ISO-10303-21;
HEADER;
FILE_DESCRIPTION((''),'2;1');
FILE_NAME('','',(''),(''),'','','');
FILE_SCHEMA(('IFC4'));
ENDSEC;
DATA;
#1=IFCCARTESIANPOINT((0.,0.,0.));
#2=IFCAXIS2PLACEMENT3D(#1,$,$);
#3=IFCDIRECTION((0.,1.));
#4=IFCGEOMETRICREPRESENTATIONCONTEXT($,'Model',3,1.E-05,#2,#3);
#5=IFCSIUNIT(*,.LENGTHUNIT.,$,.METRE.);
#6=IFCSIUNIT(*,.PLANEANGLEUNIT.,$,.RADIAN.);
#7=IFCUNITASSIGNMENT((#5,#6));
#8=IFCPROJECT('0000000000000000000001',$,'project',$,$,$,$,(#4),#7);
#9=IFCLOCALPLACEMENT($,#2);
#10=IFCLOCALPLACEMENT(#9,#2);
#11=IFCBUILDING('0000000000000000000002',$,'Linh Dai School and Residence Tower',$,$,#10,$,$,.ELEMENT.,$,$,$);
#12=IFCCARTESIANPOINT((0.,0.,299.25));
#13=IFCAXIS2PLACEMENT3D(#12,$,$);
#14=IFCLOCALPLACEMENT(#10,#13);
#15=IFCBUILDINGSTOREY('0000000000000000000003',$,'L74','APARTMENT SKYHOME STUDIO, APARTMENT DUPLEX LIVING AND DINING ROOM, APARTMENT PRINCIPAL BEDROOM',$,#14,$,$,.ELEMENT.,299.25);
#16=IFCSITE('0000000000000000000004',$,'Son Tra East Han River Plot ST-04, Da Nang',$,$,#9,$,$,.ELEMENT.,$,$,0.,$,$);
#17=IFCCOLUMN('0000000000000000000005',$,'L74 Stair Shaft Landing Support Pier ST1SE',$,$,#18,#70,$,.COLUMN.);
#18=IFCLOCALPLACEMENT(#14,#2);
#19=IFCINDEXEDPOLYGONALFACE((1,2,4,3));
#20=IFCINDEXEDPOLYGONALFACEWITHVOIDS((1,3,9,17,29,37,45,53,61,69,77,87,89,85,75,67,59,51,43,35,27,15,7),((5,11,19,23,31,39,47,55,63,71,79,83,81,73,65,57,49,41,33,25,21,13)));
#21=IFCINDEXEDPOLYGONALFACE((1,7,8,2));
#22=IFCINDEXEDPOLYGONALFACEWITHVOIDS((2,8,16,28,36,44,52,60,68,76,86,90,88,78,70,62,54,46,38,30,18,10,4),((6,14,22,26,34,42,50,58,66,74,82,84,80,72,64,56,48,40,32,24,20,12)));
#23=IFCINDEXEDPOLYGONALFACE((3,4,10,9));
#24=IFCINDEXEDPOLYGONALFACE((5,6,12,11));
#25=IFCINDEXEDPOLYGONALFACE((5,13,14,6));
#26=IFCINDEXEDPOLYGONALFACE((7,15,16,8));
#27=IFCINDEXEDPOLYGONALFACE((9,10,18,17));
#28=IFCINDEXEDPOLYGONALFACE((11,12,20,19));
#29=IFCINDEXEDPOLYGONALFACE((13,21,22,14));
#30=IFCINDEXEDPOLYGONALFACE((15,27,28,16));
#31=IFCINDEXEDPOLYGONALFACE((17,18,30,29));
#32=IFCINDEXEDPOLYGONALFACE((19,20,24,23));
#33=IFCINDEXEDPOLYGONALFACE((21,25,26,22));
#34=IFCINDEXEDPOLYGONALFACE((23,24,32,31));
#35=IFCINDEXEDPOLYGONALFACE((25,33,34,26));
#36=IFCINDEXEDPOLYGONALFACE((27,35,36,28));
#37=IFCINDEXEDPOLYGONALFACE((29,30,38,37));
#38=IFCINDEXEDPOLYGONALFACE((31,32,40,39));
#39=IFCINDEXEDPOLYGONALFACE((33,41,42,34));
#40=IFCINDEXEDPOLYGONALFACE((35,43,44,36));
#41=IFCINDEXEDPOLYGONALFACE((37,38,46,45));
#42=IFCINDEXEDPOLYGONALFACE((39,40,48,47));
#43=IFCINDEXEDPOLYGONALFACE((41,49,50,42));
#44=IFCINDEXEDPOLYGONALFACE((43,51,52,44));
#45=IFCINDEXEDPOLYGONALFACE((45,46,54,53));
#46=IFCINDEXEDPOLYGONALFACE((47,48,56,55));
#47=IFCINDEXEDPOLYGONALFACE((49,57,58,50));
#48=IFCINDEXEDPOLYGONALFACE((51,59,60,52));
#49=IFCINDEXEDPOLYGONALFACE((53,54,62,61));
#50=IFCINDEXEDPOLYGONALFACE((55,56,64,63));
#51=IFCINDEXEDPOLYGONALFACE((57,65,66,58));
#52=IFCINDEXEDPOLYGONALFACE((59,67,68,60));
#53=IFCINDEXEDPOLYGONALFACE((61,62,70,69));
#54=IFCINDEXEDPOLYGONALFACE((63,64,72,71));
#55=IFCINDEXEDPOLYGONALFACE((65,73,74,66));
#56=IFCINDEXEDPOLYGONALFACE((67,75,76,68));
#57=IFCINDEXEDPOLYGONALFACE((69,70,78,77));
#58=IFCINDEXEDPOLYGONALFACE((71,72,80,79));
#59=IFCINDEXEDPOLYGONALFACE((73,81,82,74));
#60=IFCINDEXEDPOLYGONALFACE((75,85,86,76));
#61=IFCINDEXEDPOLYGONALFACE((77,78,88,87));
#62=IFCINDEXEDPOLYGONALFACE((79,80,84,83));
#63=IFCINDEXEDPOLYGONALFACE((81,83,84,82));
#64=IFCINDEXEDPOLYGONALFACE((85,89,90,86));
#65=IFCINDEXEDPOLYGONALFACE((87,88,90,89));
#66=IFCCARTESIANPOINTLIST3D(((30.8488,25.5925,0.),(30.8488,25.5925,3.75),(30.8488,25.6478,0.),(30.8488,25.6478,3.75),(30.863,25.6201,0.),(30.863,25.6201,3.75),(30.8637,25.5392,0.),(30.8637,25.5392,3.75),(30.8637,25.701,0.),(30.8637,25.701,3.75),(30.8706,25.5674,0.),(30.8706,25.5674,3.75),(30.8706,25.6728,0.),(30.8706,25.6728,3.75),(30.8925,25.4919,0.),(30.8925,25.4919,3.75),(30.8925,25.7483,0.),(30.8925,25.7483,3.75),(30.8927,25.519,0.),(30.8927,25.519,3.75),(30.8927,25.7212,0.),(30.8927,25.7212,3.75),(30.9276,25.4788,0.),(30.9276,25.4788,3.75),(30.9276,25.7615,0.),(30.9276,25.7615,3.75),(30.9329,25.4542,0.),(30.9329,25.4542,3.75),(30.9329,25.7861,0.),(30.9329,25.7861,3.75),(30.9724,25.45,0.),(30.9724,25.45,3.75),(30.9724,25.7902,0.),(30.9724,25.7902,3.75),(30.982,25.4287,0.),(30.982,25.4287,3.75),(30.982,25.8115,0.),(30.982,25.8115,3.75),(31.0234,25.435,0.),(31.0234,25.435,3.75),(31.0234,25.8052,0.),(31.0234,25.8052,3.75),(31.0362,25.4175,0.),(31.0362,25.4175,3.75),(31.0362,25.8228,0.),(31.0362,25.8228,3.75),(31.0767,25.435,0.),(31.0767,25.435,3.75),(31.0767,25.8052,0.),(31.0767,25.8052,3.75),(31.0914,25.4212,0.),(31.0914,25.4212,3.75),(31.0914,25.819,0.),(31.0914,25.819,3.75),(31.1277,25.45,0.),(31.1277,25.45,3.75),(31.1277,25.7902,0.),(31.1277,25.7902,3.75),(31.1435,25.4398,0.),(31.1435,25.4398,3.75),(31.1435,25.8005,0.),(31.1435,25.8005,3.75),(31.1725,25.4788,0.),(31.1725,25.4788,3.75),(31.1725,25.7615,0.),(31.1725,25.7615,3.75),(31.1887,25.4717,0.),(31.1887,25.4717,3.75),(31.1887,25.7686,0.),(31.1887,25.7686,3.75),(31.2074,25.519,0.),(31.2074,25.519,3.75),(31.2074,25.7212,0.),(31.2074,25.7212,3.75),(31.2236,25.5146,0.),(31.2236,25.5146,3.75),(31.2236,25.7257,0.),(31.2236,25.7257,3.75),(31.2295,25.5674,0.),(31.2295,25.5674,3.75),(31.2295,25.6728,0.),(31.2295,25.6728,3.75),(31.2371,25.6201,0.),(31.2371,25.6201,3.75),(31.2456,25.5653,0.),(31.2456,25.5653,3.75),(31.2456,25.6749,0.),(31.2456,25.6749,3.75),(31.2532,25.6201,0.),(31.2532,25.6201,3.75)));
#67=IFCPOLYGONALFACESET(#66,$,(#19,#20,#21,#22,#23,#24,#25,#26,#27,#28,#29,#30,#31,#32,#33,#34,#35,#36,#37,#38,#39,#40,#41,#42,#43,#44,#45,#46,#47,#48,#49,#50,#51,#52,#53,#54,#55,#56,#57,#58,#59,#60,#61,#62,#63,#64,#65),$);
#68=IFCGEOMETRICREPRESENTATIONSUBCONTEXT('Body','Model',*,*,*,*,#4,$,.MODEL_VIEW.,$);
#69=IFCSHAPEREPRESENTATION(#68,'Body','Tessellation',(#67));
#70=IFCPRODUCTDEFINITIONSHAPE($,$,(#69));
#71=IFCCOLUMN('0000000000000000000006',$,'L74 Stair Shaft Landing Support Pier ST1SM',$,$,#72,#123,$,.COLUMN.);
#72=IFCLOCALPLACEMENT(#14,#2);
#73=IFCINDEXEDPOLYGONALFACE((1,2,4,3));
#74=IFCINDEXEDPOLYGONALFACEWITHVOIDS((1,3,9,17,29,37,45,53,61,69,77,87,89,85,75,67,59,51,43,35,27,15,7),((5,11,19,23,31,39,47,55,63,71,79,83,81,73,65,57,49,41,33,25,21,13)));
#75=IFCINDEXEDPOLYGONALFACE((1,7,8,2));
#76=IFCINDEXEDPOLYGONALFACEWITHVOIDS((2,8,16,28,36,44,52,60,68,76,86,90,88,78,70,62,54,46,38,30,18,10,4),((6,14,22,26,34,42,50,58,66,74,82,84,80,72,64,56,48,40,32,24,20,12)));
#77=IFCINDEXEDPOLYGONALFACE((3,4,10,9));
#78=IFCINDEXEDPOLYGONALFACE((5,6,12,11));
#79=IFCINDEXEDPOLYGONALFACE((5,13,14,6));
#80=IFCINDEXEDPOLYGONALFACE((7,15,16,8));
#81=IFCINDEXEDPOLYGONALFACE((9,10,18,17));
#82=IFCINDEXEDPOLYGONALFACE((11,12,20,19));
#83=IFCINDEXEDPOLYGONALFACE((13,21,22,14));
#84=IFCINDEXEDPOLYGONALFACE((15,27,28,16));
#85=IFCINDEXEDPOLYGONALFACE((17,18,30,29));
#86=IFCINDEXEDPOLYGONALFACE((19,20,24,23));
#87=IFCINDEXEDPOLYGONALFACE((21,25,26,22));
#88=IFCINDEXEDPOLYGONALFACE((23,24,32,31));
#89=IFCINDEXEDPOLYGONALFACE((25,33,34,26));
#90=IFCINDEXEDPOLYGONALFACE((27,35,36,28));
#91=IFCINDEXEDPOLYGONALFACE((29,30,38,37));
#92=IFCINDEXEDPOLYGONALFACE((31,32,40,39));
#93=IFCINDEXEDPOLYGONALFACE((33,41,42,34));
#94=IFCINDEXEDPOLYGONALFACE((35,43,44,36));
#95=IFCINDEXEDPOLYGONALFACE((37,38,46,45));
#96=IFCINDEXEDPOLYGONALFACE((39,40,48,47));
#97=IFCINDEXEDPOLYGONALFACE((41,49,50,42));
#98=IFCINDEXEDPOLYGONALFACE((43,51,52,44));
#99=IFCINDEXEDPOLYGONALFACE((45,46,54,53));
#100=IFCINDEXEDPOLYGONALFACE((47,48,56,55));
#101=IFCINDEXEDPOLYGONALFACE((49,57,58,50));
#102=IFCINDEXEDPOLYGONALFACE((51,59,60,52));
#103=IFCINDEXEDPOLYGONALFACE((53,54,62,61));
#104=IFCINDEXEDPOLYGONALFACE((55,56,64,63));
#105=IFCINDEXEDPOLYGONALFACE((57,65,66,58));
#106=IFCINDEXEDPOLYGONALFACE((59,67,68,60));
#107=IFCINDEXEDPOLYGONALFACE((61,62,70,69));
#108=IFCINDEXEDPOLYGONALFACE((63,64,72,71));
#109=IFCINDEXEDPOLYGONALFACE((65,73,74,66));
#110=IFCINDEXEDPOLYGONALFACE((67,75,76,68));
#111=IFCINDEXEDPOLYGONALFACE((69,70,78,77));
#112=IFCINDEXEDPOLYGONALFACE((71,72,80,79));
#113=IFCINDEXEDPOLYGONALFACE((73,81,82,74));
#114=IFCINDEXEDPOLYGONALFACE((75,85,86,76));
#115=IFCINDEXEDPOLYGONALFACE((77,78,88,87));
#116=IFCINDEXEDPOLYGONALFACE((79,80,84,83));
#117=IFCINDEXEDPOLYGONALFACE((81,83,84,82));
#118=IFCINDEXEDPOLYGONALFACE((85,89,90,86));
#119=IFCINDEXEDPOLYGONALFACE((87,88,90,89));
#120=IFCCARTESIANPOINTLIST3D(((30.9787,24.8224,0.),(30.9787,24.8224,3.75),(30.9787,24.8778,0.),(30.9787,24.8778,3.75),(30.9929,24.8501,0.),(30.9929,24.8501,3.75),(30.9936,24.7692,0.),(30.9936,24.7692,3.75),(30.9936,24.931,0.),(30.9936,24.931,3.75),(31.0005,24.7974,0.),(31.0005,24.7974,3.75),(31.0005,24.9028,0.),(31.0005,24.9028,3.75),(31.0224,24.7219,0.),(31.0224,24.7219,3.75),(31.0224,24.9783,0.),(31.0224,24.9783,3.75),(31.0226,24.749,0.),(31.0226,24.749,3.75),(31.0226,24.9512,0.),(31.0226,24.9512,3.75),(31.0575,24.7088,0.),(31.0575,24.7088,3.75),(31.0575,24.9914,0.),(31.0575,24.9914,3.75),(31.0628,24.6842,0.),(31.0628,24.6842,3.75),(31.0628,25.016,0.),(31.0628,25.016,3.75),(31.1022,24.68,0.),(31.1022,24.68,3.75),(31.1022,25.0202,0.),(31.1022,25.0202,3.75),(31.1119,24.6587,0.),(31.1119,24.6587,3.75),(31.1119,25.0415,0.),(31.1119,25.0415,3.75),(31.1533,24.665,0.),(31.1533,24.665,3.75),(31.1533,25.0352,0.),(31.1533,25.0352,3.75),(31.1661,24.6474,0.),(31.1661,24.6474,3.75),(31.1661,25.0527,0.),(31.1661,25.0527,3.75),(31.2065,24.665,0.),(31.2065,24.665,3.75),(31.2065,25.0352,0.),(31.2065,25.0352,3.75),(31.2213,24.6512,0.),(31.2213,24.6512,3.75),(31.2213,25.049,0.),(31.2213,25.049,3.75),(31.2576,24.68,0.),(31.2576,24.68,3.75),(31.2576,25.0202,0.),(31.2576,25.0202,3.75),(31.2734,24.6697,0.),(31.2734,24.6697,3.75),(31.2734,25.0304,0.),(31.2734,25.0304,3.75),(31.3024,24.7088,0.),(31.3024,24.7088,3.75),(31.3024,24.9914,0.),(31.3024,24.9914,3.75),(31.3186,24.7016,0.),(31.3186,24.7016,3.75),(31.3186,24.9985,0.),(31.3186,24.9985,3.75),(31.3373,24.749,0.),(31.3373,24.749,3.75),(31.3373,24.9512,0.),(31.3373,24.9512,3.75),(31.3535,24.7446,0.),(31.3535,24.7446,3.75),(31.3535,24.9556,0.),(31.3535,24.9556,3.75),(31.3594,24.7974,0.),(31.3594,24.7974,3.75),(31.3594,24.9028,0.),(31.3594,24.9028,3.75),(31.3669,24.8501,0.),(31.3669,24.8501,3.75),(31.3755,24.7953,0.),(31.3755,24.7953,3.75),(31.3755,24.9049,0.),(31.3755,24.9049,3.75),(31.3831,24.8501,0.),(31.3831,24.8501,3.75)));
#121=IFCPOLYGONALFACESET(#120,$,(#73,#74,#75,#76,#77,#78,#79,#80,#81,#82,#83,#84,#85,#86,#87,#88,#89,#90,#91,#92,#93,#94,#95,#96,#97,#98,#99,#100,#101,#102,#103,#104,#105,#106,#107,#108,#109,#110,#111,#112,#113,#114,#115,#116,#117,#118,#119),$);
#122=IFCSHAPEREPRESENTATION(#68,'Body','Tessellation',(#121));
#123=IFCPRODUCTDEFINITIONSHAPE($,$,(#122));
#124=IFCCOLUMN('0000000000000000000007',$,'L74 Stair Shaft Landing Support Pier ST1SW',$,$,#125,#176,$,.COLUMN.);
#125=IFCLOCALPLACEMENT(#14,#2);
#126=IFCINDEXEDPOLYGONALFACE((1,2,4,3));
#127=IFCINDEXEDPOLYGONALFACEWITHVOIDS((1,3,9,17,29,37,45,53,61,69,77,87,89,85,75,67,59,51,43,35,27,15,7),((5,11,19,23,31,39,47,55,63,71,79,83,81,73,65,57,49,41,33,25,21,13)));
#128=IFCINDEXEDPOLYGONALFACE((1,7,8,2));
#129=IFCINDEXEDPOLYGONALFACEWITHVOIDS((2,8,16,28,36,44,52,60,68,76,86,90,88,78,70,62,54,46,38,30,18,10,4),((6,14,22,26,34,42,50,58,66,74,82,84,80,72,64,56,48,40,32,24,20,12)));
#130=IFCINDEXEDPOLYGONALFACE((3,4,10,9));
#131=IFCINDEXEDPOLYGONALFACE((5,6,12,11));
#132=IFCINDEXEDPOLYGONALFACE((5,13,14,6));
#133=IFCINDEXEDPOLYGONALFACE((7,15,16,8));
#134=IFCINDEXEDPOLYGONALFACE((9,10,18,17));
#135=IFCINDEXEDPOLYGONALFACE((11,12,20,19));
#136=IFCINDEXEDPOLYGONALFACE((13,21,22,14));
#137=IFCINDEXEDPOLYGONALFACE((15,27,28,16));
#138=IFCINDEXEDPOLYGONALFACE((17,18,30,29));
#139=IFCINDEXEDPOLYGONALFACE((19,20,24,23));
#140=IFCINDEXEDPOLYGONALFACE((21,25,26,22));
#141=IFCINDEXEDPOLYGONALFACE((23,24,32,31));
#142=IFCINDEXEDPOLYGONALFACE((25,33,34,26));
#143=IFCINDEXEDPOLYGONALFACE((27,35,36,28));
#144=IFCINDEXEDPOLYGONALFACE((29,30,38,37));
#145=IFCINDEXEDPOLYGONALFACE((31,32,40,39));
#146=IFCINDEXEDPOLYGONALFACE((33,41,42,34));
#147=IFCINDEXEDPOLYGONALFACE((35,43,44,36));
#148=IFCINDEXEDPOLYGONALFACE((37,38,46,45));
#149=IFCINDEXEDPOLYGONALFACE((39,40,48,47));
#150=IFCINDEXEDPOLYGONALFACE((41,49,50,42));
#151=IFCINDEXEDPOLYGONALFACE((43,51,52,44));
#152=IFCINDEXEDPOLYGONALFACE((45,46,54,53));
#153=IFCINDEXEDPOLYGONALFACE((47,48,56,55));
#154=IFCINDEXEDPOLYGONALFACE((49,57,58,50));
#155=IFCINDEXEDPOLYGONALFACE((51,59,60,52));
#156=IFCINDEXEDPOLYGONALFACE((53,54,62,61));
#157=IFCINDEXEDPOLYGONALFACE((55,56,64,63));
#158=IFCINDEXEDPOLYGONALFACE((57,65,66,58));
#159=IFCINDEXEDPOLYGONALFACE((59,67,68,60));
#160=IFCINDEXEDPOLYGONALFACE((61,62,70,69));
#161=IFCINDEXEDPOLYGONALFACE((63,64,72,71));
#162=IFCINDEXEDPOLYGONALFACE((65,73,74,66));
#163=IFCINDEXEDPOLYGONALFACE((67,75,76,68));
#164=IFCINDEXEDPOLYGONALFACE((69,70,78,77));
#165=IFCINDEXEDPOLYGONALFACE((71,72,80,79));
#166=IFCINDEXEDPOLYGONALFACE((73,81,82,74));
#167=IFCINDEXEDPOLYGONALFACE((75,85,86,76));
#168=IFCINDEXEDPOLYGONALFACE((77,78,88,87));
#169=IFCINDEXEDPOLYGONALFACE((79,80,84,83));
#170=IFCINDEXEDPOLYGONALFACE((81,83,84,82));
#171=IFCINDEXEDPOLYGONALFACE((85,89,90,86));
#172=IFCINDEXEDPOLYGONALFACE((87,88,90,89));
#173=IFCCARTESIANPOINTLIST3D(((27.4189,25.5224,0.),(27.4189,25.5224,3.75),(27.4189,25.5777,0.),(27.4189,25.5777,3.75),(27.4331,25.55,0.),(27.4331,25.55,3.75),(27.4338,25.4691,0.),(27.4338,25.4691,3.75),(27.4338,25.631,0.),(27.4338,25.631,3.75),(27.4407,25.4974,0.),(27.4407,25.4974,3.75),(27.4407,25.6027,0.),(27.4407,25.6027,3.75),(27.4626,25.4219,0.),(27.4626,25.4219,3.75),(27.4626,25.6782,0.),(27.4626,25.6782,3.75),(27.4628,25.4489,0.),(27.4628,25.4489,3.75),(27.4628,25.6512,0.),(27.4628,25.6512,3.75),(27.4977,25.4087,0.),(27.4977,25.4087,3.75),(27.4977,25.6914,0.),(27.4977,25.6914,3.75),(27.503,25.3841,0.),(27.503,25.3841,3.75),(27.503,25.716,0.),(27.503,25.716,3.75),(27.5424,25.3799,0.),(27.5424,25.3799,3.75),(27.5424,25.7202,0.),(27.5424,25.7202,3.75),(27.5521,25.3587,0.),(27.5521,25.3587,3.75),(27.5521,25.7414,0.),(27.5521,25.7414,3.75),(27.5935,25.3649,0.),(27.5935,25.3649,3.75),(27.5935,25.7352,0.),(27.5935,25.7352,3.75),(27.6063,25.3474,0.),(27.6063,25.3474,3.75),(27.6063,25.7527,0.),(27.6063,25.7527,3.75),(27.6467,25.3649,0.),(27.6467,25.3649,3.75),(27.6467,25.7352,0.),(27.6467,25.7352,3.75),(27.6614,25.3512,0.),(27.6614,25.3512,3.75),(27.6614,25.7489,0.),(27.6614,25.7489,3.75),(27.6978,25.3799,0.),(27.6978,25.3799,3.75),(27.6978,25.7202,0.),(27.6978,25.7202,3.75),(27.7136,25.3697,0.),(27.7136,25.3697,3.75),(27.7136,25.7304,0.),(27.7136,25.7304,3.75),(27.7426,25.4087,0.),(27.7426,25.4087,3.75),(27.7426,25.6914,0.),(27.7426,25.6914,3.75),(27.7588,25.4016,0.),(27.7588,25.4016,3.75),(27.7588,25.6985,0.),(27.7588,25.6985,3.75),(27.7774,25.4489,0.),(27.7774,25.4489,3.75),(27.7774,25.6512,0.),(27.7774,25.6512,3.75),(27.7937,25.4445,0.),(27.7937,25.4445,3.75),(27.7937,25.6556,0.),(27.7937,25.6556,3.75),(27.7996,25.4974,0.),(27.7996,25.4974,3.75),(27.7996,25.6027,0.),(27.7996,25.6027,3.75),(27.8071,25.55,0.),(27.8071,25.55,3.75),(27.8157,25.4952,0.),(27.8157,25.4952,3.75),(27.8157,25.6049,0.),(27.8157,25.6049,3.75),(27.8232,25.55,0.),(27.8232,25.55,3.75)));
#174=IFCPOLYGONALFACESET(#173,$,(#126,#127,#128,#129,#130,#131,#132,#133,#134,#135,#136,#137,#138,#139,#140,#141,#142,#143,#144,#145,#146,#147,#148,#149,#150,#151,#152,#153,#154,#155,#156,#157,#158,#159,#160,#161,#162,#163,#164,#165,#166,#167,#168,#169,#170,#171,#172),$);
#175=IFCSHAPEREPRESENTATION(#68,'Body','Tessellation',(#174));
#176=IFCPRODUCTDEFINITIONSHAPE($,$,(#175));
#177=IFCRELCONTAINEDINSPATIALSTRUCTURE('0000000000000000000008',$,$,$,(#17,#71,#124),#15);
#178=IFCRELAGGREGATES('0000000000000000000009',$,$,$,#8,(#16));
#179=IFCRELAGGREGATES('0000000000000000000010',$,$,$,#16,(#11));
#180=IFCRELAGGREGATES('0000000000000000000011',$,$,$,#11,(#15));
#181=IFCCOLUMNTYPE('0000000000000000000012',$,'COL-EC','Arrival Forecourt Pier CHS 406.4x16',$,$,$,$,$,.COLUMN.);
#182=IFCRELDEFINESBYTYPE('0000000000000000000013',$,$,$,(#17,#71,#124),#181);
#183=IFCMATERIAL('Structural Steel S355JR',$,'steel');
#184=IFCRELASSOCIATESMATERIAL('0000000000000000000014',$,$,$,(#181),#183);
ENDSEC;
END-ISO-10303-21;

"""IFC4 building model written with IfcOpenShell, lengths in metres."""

from ifc_helpers import new_model, si_unit, direction, frame, origin, origin_2d, place, context, subcontext, project, spatial, hollow_circle, extrude, material, material_profile, profile_set, type_object, element, save


model = new_model("IFC4")

# Units and contexts
model_context = context("Model", 3, precision=1e-05, world=origin(), true_north=direction((0.0, 1.0)))
body_context = subcontext(model_context, "Body", "Model", "MODEL_VIEW")
ifc_project = project(units=[si_unit("LENGTHUNIT", "METRE"), si_unit("PLANEANGLEUNIT", "RADIAN")], contexts=[model_context])

# Site, building, storey
site_placement = place(None, origin())
site = spatial("IfcSite", under=ifc_project, at=site_placement, Name="Son Tra East Han River Plot ST-04, Da Nang", CompositionType="ELEMENT", RefElevation=0.0)
building_placement = place(site_placement, origin())
building = spatial("IfcBuilding", under=site, at=building_placement, Name="Linh Dai School and Residence Tower", CompositionType="ELEMENT")
storey_placement = place(building_placement, frame((0.0, 0.0, 299.25)))
storey = spatial("IfcBuildingStorey", under=building, at=storey_placement, Name="L74", Description="APARTMENT SKYHOME STUDIO, APARTMENT DUPLEX LIVING AND DINING ROOM, APARTMENT PRINCIPAL BEDROOM", CompositionType="ELEMENT", Elevation=299.25)

# Columns
ifc_material_1 = material(Name="Structural Steel S355JR", Category="steel")
ifc_material_profile_1 = material_profile(ifc_material_1, hollow_circle(Radius=0.2031, WallThickness=0.0161, at=origin_2d()), Name="CHS 406.4x16")
ifc_profile_set_1 = profile_set([ifc_material_profile_1], Name="Structural Steel S355JR")
column_type = type_object("IfcColumnType", Name="COL-EC", Description="Arrival Forecourt Pier CHS 406.4x16", PredefinedType="COLUMN", material=ifc_profile_set_1)
for number, where, z_axis, x_axis, name in (
    (1, (31.05, 25.6201, 0.0), (0.0, 0.0, 1.0), (1.0, 0.0, 0.0), "L74 Stair Shaft Landing Support Pier ST1SE"),
    (2, (31.1799, 24.8501, 0.0), (0.0, 0.0, 1.0), (1.0, 0.0, 0.0), "L74 Stair Shaft Landing Support Pier ST1SM"),
    (3, (27.6201, 25.55, 0.0), (0.0, 0.0, 1.0), (1.0, 0.0, 0.0), "L74 Stair Shaft Landing Support Pier ST1SW"),
):
    element("IfcColumn", number, at=place(storey_placement, frame(where, z_axis=z_axis, x_axis=x_axis)), inside=storey, type_object=column_type, Name=name, PredefinedType="COLUMN", context=body_context, shape_type="SweptSolid", body=[
        extrude(hollow_circle(Radius=0.2031, WallThickness=0.0161, at=origin_2d()), origin(), (0.0, 0.0, 1.0), 3.75),
    ])

save(model, "model.ifc")
